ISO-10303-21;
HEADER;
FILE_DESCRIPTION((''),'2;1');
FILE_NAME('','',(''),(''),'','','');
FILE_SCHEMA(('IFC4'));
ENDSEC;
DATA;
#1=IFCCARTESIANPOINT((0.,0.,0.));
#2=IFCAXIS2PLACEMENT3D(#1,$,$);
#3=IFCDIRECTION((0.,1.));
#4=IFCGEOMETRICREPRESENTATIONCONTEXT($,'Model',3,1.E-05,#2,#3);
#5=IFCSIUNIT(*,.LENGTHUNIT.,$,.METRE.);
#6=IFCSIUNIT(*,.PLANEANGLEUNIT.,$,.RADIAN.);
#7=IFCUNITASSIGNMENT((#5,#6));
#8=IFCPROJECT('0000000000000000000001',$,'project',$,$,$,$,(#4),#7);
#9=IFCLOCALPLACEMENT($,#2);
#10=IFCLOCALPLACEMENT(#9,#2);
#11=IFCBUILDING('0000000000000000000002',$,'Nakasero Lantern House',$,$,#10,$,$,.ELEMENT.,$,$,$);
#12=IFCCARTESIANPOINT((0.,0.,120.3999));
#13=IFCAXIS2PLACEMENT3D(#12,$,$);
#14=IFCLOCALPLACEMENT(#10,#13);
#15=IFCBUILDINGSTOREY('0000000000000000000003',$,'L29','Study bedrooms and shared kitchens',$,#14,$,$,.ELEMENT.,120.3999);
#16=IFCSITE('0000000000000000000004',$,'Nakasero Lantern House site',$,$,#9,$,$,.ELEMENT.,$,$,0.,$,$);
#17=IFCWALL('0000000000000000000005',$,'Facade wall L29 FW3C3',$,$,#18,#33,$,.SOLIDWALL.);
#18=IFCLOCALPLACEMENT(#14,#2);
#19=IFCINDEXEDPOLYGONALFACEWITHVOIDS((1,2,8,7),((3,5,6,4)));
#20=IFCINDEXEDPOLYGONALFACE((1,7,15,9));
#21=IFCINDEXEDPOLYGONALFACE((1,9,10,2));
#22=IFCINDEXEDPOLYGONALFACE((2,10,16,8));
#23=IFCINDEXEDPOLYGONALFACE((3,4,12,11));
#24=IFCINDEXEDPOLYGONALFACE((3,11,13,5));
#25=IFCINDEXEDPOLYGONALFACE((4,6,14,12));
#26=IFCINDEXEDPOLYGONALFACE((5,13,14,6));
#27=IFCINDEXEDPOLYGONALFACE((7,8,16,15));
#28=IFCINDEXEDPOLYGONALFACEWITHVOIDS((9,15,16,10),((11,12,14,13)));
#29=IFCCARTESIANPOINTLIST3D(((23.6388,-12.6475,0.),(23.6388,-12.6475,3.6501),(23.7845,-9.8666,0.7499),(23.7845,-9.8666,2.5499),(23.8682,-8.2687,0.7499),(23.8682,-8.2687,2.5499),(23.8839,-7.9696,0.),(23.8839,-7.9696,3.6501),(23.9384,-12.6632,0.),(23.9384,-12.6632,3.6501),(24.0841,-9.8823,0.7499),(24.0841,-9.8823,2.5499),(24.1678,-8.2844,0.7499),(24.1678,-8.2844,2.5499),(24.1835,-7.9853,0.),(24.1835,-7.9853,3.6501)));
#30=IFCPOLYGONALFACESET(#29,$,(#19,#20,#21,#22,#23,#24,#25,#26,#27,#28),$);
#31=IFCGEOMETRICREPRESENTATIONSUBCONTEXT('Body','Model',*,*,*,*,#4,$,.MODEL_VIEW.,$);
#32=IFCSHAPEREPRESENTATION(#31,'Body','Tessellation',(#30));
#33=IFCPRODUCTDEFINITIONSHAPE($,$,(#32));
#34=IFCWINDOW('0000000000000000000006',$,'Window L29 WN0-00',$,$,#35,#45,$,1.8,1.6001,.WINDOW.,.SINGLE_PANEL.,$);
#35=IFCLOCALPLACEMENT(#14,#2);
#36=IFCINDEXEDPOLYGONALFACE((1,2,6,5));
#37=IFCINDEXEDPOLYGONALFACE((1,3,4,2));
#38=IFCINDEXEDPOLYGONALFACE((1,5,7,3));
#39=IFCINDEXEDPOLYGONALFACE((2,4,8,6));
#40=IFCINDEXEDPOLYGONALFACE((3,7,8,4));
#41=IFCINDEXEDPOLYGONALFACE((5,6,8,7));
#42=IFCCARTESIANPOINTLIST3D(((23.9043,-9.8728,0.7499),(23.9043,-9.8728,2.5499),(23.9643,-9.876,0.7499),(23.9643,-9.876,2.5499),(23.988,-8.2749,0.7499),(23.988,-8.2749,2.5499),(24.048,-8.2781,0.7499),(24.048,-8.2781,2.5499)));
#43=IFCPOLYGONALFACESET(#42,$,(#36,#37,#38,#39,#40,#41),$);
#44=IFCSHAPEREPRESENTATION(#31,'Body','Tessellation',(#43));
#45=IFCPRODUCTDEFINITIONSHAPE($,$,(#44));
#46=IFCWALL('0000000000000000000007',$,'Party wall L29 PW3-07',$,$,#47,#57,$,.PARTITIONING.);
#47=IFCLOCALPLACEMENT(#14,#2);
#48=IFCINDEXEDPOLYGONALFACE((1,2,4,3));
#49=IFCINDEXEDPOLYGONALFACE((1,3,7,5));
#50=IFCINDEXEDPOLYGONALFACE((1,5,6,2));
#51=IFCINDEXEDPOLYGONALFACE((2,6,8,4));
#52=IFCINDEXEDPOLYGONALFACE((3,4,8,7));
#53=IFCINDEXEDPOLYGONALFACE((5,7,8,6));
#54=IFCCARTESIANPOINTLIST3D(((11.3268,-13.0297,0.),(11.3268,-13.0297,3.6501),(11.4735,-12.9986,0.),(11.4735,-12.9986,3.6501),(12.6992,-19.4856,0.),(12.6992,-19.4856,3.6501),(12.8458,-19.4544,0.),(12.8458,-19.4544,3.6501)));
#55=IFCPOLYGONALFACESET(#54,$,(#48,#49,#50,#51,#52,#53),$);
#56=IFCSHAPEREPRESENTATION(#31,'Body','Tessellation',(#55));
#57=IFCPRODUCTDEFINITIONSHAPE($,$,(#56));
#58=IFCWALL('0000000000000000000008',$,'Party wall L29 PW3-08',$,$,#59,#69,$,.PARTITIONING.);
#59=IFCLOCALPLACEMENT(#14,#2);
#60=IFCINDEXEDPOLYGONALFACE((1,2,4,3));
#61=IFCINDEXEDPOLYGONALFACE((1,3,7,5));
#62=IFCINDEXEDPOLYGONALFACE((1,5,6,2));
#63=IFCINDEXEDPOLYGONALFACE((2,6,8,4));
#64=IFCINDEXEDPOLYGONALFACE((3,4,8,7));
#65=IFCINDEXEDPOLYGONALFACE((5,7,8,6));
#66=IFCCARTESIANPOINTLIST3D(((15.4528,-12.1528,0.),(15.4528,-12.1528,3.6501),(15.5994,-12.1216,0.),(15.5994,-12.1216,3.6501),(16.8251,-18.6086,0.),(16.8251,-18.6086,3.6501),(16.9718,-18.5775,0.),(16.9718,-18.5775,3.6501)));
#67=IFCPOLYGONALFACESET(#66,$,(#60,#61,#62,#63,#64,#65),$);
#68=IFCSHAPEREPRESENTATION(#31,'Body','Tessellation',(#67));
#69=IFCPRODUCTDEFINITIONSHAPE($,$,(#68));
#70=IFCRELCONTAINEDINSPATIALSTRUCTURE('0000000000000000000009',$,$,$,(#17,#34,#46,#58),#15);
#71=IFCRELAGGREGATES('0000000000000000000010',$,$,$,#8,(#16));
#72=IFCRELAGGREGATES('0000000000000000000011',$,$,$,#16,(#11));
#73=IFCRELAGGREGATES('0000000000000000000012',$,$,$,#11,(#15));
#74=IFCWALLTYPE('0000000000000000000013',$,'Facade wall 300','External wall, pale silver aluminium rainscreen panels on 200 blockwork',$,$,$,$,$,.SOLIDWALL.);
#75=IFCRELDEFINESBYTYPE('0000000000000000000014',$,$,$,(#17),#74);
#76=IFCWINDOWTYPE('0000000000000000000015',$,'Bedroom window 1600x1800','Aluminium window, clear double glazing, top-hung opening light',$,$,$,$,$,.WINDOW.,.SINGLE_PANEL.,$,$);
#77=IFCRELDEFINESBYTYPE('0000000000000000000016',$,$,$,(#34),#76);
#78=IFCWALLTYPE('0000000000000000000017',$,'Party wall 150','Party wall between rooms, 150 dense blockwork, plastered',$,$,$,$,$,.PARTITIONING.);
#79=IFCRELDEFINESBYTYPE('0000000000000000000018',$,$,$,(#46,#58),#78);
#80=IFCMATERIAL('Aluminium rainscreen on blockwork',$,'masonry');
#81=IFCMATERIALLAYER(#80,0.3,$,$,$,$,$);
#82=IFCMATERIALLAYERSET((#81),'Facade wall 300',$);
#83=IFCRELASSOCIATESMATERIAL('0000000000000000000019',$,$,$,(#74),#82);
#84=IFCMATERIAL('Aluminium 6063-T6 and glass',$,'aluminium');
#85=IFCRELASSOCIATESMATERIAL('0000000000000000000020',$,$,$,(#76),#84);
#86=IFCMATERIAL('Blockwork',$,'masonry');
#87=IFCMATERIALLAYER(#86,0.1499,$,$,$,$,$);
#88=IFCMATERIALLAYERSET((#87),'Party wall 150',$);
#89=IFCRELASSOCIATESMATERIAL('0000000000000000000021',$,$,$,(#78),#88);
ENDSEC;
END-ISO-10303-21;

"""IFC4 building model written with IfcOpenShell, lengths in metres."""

from ifc_helpers import new_model, si_unit, direction, frame, frame_2d, origin, place, context, subcontext, project, spatial, rectangle, extrude, material, layer, layer_set, type_object, element, fill, save


model = new_model("IFC4")

# Units and contexts
model_context = context("Model", 3, precision=1e-05, world=origin(), true_north=direction((0.0, 1.0)))
body_context = subcontext(model_context, "Body", "Model", "MODEL_VIEW")
ifc_project = project(units=[si_unit("LENGTHUNIT", "METRE"), si_unit("PLANEANGLEUNIT", "RADIAN")], contexts=[model_context])

# Site, building, storey
site_placement = place(None, origin())
site = spatial("IfcSite", under=ifc_project, at=site_placement, Name="Nakasero Lantern House site", CompositionType="ELEMENT", RefElevation=0.0)
building_placement = place(site_placement, origin())
building = spatial("IfcBuilding", under=site, at=building_placement, Name="Nakasero Lantern House", CompositionType="ELEMENT")
storey_placement = place(building_placement, frame((0.0, 0.0, 120.3999)))
storey = spatial("IfcBuildingStorey", under=building, at=storey_placement, Name="L29", Description="Study bedrooms and shared kitchens", CompositionType="ELEMENT", Elevation=120.3999)

# Shared definitions
ifc_material_1 = material(Name="Aluminium rainscreen on blockwork", Category="masonry")
ifc_layer_1 = layer(ifc_material_1, 0.3)
ifc_layer_set_1 = layer_set([ifc_layer_1], Name="Facade wall 300")
wall_type_1 = type_object("IfcWallType", Name="Facade wall 300", Description="External wall, pale silver aluminium rainscreen panels on 200 blockwork", PredefinedType="SOLIDWALL", material=ifc_layer_set_1)

# Wall, opening, window
wall_1_placement = place(storey_placement, frame((23.7886, -12.6555, 0.0), z_axis=(0.0, 0.0, 1.0), x_axis=(0.052326, 0.99863, 0.0)))
wall_1 = element("IfcWall", 1, at=wall_1_placement, inside=storey, type_object=wall_type_1, Name="Facade wall L29 FW3C3", PredefinedType="SOLIDWALL", context=body_context, shape_type="SweptSolid", body=[
    extrude(rectangle(XDim=4.6843, YDim=0.3, at=frame_2d((2.3423, 0.0))), origin(), (0.0, 0.0, 1.0), 3.6501),
])
opening_1_placement = place(wall_1_placement, frame((2.7849, 0.0, 0.75)))
opening_1 = element("IfcOpeningElement", 2, at=opening_1_placement, cuts=wall_1, PredefinedType="OPENING", context=body_context, shape_type="SweptSolid", body=[
    extrude(rectangle(XDim=1.6001, YDim=1.8, at=frame_2d((0.8, 0.8999))), frame((0.0, 0.1699, 0.0), z_axis=(0.0, -1.0, 0.0), x_axis=(1.0, 0.0, 0.0)), (0.0, 0.0, 1.0), 0.3401),
])
ifc_material_2 = material(Name="Aluminium 6063-T6 and glass", Category="aluminium")
window_type_1 = type_object("IfcWindowType", Name="Bedroom window 1600x1800", Description="Aluminium window, clear double glazing, top-hung opening light", PartitioningType="SINGLE_PANEL", PredefinedType="WINDOW", material=ifc_material_2)
window_1_placement = place(opening_1_placement, origin())
window_1 = element("IfcWindow", 3, at=window_1_placement, inside=storey, type_object=window_type_1, Name="Window L29 WN0-00", OverallHeight=1.8, OverallWidth=1.6001, PartitioningType="SINGLE_PANEL", PredefinedType="WINDOW", context=body_context, shape_type="SweptSolid", body=[
    extrude(rectangle(XDim=1.6001, YDim=1.8, at=frame_2d((0.8, 0.8999))), frame((0.0, 0.03, 0.0), z_axis=(0.0, -1.0, 0.0), x_axis=(1.0, 0.0, 0.0)), (0.0, 0.0, 1.0), 0.0601),
])
fill(opening_1, window_1)

# Walls
ifc_material_3 = material(Name="Blockwork", Category="masonry")
ifc_layer_2 = layer(ifc_material_3, 0.1499)
ifc_layer_set_2 = layer_set([ifc_layer_2], Name="Party wall 150")
wall_type_2 = type_object("IfcWallType", Name="Party wall 150", Description="Party wall between rooms, 150 dense blockwork, plastered", PredefinedType="PARTITIONING", material=ifc_layer_set_2)
for number, where, z_axis, x_axis, name in (
    (4, (11.4001, -13.0142, 0.0), (0.0, 0.0, 1.0), (0.207925, -0.978145, 0.0), "Party wall L29 PW3-07"),
    (5, (15.5261, -12.1372, 0.0), (0.0, 0.0, 1.0), (0.207925, -0.978145, 0.0), "Party wall L29 PW3-08"),
):
    element("IfcWall", number, at=place(storey_placement, frame(where, z_axis=z_axis, x_axis=x_axis)), inside=storey, type_object=wall_type_2, Name=name, PredefinedType="PARTITIONING", context=body_context, shape_type="SweptSolid", body=[
        extrude(rectangle(XDim=6.6001, YDim=0.1499, at=frame_2d((3.3, 0.0))), origin(), (0.0, 0.0, 1.0), 3.6501),
    ])

save(model, "model.ifc")
